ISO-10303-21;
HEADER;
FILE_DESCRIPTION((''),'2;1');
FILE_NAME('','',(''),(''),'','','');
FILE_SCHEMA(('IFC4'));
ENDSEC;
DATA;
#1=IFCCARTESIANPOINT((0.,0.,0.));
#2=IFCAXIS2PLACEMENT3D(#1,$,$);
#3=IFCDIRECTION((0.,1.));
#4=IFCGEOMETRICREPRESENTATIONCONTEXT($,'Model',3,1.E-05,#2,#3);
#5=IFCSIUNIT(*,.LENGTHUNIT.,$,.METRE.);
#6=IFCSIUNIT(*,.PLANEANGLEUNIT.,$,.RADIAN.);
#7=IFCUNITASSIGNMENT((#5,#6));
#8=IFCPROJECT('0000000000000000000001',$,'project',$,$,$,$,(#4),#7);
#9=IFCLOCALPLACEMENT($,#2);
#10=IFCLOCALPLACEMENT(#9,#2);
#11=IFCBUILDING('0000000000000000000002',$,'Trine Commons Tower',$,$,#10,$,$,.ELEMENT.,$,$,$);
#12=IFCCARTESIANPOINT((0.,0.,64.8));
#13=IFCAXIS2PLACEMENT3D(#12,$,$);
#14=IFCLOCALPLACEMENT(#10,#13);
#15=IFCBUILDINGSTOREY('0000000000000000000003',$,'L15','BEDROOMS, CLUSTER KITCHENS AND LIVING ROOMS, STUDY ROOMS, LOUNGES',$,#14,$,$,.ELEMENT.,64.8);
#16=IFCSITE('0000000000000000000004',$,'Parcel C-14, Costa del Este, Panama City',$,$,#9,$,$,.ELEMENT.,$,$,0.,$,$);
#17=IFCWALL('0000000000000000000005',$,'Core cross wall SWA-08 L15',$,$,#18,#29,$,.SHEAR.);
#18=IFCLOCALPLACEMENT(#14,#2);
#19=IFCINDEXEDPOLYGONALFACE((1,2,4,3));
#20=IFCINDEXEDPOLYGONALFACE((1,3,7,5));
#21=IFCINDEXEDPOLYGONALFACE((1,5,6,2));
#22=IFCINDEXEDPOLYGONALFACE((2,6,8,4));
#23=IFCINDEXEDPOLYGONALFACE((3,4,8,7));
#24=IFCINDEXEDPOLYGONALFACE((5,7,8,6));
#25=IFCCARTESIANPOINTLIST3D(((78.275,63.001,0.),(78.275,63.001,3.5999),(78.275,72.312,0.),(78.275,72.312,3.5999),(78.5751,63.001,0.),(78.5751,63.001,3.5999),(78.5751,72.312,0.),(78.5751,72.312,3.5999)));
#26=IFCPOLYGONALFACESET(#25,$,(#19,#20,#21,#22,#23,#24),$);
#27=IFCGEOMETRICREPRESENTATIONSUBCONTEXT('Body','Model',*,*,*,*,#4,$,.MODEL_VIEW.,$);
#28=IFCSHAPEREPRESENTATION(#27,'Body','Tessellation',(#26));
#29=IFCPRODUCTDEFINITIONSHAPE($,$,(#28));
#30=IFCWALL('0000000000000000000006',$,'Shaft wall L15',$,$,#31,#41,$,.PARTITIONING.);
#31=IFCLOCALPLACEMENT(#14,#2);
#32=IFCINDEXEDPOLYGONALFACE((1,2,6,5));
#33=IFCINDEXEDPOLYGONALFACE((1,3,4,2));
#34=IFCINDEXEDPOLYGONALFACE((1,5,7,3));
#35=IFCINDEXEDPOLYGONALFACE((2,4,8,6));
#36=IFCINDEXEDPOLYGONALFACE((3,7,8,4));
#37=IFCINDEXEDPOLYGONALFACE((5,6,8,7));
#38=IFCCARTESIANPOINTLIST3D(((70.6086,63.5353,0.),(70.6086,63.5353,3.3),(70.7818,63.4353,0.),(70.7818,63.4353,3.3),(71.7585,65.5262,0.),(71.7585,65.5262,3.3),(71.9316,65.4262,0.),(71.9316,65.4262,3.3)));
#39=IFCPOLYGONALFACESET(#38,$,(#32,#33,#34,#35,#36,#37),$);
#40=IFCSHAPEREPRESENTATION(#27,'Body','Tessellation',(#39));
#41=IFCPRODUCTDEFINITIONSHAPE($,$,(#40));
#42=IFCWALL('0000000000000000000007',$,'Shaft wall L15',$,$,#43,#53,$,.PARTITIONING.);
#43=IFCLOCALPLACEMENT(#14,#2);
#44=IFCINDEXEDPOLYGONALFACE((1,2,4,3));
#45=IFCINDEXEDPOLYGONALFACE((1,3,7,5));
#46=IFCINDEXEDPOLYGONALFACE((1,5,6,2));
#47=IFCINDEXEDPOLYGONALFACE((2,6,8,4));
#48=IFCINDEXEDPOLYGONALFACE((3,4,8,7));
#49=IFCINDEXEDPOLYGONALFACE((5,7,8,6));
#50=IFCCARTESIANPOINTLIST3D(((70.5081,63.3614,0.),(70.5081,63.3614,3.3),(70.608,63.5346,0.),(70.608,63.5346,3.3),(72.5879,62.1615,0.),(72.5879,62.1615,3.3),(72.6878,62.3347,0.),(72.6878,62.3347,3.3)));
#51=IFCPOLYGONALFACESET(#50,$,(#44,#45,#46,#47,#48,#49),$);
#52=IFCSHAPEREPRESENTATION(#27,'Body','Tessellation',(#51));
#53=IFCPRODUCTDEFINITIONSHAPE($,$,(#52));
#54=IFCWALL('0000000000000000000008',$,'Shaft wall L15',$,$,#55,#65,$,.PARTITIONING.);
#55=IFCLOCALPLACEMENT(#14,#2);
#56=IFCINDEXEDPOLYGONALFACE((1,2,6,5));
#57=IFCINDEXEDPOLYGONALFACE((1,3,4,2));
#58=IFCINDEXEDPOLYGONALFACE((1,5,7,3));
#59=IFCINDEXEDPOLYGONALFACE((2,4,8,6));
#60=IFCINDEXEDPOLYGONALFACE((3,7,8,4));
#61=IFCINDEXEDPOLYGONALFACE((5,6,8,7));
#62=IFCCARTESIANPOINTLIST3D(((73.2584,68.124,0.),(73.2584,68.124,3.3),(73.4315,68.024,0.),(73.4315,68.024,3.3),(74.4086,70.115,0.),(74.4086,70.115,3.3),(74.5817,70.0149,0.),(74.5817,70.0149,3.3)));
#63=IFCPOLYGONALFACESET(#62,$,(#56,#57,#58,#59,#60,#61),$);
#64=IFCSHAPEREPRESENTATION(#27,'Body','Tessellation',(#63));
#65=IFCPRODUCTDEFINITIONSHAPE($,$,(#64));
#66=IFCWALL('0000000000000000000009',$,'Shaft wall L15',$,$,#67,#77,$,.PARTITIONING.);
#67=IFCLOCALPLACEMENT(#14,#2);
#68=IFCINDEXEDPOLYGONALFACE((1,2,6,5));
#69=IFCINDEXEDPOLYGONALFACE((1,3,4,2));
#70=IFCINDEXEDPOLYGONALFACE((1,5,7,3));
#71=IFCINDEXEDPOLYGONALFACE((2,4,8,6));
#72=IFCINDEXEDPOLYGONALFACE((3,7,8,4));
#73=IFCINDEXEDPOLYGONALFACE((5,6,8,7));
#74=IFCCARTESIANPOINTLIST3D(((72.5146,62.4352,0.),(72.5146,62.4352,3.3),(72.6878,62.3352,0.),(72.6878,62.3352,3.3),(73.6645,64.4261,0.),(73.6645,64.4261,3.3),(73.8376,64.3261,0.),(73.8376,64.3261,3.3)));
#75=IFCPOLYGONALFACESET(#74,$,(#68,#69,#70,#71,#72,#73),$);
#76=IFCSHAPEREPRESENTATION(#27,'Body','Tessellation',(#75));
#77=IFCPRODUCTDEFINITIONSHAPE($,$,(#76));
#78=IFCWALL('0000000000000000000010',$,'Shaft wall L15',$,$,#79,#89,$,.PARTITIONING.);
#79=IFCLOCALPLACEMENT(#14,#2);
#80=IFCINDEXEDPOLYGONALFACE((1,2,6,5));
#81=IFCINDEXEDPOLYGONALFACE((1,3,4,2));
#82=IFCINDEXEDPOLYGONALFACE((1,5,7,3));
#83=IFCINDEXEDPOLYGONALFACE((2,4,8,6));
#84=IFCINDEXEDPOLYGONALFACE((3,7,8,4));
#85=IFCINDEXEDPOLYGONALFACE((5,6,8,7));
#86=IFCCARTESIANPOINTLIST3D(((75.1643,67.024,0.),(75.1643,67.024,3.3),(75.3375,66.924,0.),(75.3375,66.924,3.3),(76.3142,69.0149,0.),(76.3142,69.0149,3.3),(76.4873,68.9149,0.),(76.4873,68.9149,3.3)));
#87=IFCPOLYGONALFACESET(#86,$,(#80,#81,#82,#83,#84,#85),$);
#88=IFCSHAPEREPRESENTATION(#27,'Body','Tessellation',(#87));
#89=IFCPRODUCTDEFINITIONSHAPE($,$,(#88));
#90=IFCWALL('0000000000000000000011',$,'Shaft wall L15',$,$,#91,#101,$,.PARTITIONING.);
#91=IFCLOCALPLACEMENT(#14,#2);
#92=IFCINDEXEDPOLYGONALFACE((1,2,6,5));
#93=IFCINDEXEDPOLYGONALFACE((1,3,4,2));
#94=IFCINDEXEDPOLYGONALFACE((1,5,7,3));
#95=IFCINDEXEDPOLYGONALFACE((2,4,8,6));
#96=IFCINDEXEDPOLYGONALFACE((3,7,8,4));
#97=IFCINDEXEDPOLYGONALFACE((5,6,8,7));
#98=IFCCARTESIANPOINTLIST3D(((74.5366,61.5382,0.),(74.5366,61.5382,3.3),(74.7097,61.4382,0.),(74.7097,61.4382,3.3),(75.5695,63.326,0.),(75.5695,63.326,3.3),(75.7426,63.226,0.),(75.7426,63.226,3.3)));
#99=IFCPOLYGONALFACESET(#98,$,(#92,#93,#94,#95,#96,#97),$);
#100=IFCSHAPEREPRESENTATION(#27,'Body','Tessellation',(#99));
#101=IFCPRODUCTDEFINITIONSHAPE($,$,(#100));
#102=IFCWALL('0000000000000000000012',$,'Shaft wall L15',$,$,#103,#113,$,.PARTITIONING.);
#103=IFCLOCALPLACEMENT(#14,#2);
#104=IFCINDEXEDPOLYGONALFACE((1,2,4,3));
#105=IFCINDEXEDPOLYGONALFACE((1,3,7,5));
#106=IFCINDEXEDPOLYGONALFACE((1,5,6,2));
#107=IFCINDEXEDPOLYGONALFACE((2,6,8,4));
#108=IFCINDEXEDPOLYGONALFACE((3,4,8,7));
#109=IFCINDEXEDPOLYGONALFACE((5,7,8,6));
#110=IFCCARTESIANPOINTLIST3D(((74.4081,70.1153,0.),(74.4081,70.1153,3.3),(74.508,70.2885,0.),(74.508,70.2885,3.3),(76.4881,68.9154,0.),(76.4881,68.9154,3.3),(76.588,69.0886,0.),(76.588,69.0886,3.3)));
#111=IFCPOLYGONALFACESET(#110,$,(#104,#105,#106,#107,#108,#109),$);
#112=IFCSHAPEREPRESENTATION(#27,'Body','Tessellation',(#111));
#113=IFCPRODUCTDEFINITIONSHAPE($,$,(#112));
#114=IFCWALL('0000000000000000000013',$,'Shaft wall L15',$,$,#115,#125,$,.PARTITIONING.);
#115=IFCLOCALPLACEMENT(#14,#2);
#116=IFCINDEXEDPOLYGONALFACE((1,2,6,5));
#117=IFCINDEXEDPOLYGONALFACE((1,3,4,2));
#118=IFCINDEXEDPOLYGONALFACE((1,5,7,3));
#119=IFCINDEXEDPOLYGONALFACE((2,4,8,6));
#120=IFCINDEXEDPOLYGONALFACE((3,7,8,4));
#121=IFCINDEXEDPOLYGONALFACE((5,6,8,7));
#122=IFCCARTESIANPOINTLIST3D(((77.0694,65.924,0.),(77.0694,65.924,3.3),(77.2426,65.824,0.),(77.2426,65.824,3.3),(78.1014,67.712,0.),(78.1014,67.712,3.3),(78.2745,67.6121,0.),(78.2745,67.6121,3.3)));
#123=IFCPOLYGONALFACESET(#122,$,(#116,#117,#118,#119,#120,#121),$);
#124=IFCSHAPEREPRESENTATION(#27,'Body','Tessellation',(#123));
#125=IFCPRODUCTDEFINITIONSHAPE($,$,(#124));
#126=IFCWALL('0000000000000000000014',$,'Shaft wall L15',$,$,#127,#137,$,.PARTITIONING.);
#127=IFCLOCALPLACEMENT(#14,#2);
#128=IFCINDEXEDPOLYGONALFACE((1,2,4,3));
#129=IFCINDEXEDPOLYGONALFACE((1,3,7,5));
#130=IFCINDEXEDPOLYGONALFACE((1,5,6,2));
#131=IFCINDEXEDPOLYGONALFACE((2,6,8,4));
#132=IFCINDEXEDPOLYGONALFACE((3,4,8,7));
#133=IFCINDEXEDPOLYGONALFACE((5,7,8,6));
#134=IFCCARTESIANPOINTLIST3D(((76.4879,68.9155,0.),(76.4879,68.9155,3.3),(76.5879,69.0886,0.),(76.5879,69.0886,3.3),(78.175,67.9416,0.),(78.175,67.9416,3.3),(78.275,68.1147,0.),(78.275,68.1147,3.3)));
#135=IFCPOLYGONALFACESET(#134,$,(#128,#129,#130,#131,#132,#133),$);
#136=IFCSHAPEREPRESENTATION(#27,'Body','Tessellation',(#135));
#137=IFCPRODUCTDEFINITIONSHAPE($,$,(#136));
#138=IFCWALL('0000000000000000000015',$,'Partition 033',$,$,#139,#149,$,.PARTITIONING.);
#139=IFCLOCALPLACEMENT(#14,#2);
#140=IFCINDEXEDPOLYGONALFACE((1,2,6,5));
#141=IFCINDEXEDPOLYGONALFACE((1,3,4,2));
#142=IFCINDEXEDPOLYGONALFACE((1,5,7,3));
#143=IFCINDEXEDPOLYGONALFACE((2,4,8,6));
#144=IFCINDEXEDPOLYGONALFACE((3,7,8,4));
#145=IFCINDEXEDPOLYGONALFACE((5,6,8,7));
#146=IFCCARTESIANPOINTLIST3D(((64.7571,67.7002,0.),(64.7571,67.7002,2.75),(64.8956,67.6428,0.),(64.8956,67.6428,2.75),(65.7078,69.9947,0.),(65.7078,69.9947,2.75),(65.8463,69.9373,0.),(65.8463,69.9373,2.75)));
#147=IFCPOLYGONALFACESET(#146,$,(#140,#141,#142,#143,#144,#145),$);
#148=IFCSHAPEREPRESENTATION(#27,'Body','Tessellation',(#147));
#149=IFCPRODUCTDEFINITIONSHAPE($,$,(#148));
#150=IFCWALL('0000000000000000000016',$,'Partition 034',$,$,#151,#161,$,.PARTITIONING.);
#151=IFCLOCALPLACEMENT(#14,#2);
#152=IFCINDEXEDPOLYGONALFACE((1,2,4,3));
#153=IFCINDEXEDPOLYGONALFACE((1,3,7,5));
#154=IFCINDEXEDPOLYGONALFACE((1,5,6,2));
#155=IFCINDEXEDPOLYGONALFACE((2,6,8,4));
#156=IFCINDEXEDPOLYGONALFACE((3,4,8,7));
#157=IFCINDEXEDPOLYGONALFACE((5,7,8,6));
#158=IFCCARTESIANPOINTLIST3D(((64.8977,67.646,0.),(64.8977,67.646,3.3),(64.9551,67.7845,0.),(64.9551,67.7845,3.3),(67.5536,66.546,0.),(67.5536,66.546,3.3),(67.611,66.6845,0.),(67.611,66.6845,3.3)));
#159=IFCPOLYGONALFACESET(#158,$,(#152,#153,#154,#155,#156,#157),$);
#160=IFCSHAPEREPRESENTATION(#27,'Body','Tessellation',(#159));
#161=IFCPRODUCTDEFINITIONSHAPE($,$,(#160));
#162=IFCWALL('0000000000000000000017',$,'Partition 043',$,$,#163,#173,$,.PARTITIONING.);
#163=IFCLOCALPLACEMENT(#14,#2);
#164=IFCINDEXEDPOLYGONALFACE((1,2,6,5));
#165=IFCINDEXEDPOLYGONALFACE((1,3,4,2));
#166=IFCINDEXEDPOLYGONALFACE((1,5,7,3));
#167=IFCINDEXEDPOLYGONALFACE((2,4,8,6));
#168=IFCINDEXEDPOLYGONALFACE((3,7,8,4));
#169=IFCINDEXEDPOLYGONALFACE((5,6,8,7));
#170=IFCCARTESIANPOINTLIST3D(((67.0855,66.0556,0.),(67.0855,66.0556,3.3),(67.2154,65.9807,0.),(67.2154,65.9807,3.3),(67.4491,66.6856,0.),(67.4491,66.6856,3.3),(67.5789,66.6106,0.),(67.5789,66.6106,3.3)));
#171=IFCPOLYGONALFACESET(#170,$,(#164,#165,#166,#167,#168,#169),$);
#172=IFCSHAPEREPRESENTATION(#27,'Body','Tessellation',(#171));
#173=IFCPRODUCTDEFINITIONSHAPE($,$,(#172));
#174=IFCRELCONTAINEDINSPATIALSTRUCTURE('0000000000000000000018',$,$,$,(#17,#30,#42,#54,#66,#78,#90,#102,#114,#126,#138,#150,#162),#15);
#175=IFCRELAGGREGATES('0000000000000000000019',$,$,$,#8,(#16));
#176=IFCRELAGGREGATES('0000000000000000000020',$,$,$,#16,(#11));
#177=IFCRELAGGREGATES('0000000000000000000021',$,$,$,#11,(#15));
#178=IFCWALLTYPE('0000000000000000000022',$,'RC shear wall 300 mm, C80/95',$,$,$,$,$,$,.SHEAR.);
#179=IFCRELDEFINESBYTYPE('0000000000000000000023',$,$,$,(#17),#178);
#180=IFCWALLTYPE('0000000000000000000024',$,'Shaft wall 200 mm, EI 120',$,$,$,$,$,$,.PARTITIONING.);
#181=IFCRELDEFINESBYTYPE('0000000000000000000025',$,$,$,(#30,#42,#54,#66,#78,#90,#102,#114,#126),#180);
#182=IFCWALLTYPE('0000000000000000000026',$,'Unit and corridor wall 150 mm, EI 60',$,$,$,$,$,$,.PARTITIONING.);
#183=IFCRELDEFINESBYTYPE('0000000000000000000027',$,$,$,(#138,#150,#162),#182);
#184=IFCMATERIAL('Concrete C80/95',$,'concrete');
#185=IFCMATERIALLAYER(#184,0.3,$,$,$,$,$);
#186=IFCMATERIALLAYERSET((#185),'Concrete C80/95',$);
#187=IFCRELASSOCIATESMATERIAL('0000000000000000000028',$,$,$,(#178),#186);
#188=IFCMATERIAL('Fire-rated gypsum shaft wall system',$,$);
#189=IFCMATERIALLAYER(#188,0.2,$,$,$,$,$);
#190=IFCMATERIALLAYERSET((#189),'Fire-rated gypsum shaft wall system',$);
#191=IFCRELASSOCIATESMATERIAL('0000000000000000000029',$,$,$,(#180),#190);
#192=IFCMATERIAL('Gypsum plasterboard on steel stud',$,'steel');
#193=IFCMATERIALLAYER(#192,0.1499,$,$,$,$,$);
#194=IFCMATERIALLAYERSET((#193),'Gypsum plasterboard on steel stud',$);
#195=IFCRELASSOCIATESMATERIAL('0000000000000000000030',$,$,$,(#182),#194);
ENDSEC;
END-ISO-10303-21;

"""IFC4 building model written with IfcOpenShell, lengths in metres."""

from ifc_helpers import new_model, si_unit, direction, frame, frame_2d, origin, place, context, subcontext, project, spatial, rectangle, extrude, material, layer, layer_set, type_object, element, save


model = new_model("IFC4")

# Units and contexts
model_context = context("Model", 3, precision=1e-05, world=origin(), true_north=direction((0.0, 1.0)))
body_context = subcontext(model_context, "Body", "Model", "MODEL_VIEW")
ifc_project = project(units=[si_unit("LENGTHUNIT", "METRE"), si_unit("PLANEANGLEUNIT", "RADIAN")], contexts=[model_context])

# Site, building, storey
site_placement = place(None, origin())
site = spatial("IfcSite", under=ifc_project, at=site_placement, Name="Parcel C-14, Costa del Este, Panama City", CompositionType="ELEMENT", RefElevation=0.0)
building_placement = place(site_placement, origin())
building = spatial("IfcBuilding", under=site, at=building_placement, Name="Trine Commons Tower", CompositionType="ELEMENT")
storey_placement = place(building_placement, frame((0.0, 0.0, 64.8)))
storey = spatial("IfcBuildingStorey", under=building, at=storey_placement, Name="L15", Description="BEDROOMS, CLUSTER KITCHENS AND LIVING ROOMS, STUDY ROOMS, LOUNGES", CompositionType="ELEMENT", Elevation=64.8)

# Shared definitions
ifc_material_1 = material(Name="Fire-rated gypsum shaft wall system")
ifc_material_2 = material(Name="Concrete C80/95", Category="concrete")
ifc_layer_1 = layer(ifc_material_2, 0.3)
ifc_layer_set_1 = layer_set([ifc_layer_1], Name="Concrete C80/95")
wall_type_1 = type_object("IfcWallType", Name="RC shear wall 300 mm, C80/95", PredefinedType="SHEAR", material=ifc_layer_set_1)

# Walls
wall_1_placement = place(storey_placement, frame((78.425, 63.001, 0.0), z_axis=(0.0, 0.0, 1.0), x_axis=(0.0, 1.0, 0.0)))
element("IfcWall", 1, at=wall_1_placement, inside=storey, type_object=wall_type_1, Name="Core cross wall SWA-08 L15", PredefinedType="SHEAR", context=body_context, shape_type="SweptSolid", body=[
    extrude(rectangle(XDim=9.311, YDim=0.3, at=frame_2d((4.6555, 0.0))), origin(), (0.0, 0.0, 1.0), 3.5999),
])
ifc_layer_2 = layer(ifc_material_1, 0.2)
ifc_layer_set_2 = layer_set([ifc_layer_2], Name="Fire-rated gypsum shaft wall system")
wall_type_2 = type_object("IfcWallType", Name="Shaft wall 200 mm, EI 120", PredefinedType="PARTITIONING", material=ifc_layer_set_2)
wall_2_placement = place(storey_placement, frame((71.845, 65.4761, 0.0), z_axis=(0.0, 0.0, 1.0), x_axis=(-0.500136, -0.865947, 0.0)))
element("IfcWall", 2, at=wall_2_placement, inside=storey, type_object=wall_type_2, Name="Shaft wall L15", PredefinedType="PARTITIONING", context=body_context, shape_type="SweptSolid", body=[
    extrude(rectangle(XDim=2.2991, YDim=0.2, at=frame_2d((1.1494, 0.0))), origin(), (0.0, 0.0, 1.0), 3.3),
])
wall_3_placement = place(storey_placement, frame((72.6379, 62.248, 0.0), z_axis=(0.0, 0.0, 1.0), x_axis=(-0.866177, 0.499737, 0.0)))
element("IfcWall", 3, at=wall_3_placement, inside=storey, type_object=wall_type_2, Name="Shaft wall L15", PredefinedType="PARTITIONING", context=body_context, shape_type="SweptSolid", body=[
    extrude(rectangle(XDim=2.4011, YDim=0.2, at=frame_2d((1.2007, 0.0))), origin(), (0.0, 0.0, 1.0), 3.3),
])
wall_4_placement = place(storey_placement, frame((73.345, 68.074, 0.0), z_axis=(0.0, 0.0, 1.0), x_axis=(0.500216, 0.865901, 0.0)))
element("IfcWall", 4, at=wall_4_placement, inside=storey, type_object=wall_type_2, Name="Shaft wall L15", PredefinedType="PARTITIONING", context=body_context, shape_type="SweptSolid", body=[
    extrude(rectangle(XDim=2.2993, YDim=0.2, at=frame_2d((1.1497, 0.0))), origin(), (0.0, 0.0, 1.0), 3.3),
])
for number, where, z_axis, x_axis, name in (
    (5, (73.751, 64.376, 0.0), (0.0, 0.0, 1.0), (-0.500136, -0.865947, 0.0), "Shaft wall L15"),
    (6, (75.251, 66.9741, 0.0), (0.0, 0.0, 1.0), (0.500136, 0.865947, 0.0), "Shaft wall L15"),
):
    element("IfcWall", number, at=place(storey_placement, frame(where, z_axis=z_axis, x_axis=x_axis)), inside=storey, type_object=wall_type_2, Name=name, PredefinedType="PARTITIONING", context=body_context, shape_type="SweptSolid", body=[
        extrude(rectangle(XDim=2.2991, YDim=0.2, at=frame_2d((1.1494, 0.0))), origin(), (0.0, 0.0, 1.0), 3.3),
    ])
wall_5_placement = place(storey_placement, frame((75.656, 63.2759, 0.0), z_axis=(0.0, 0.0, 1.0), x_axis=(-0.500272, -0.865868, 0.0)))
element("IfcWall", 7, at=wall_5_placement, inside=storey, type_object=wall_type_2, Name="Shaft wall L15", PredefinedType="PARTITIONING", context=body_context, shape_type="SweptSolid", body=[
    extrude(rectangle(XDim=2.0647, YDim=0.2, at=frame_2d((1.0322, 0.0))), origin(), (0.0, 0.0, 1.0), 3.3),
])
wall_6_placement = place(storey_placement, frame((76.5381, 69.002, 0.0), z_axis=(0.0, 0.0, 1.0), x_axis=(-0.866203, 0.499693, 0.0)))
element("IfcWall", 8, at=wall_6_placement, inside=storey, type_object=wall_type_2, Name="Shaft wall L15", PredefinedType="PARTITIONING", context=body_context, shape_type="SweptSolid", body=[
    extrude(rectangle(XDim=2.4014, YDim=0.2, at=frame_2d((1.2007, 0.0))), origin(), (0.0, 0.0, 1.0), 3.3),
])
wall_7_placement = place(storey_placement, frame((77.156, 65.874, 0.0), z_axis=(0.0, 0.0, 1.0), x_axis=(0.499866, 0.866103, 0.0)))
element("IfcWall", 9, at=wall_7_placement, inside=storey, type_object=wall_type_2, Name="Shaft wall L15", PredefinedType="PARTITIONING", context=body_context, shape_type="SweptSolid", body=[
    extrude(rectangle(XDim=2.0645, YDim=0.2, at=frame_2d((1.0322, 0.0))), origin(), (0.0, 0.0, 1.0), 3.3),
])
wall_8_placement = place(storey_placement, frame((78.2251, 68.0281, 0.0), z_axis=(0.0, 0.0, 1.0), x_axis=(-0.866052, 0.499954, 0.0)))
element("IfcWall", 10, at=wall_8_placement, inside=storey, type_object=wall_type_2, Name="Shaft wall L15", PredefinedType="PARTITIONING", context=body_context, shape_type="SweptSolid", body=[
    extrude(rectangle(XDim=1.948, YDim=0.2, at=frame_2d((0.9741, 0.0))), origin(), (0.0, 0.0, 1.0), 3.3),
])
ifc_material_3 = material(Name="Gypsum plasterboard on steel stud", Category="steel")
ifc_layer_3 = layer(ifc_material_3, 0.1499)
ifc_layer_set_3 = layer_set([ifc_layer_3], Name="Gypsum plasterboard on steel stud")
wall_type_3 = type_object("IfcWallType", Name="Unit and corridor wall 150 mm, EI 60", PredefinedType="PARTITIONING", material=ifc_layer_set_3)
wall_9_placement = place(storey_placement, frame((64.8264, 67.6716, 0.0), z_axis=(0.0, 0.0, 1.0), x_axis=(0.382786, 0.923837, 0.0)))
element("IfcWall", 11, at=wall_9_placement, inside=storey, type_object=wall_type_3, Name="Partition 033", PredefinedType="PARTITIONING", context=body_context, shape_type="SweptSolid", body=[
    extrude(rectangle(XDim=2.4836, YDim=0.1499, at=frame_2d((1.2417, 0.0))), origin(), (0.0, 0.0, 1.0), 2.75),
])
wall_10_placement = place(storey_placement, frame((64.9263, 67.7153, 0.0), z_axis=(0.0, 0.0, 1.0), x_axis=(0.923886, -0.382667, 0.0)))
element("IfcWall", 12, at=wall_10_placement, inside=storey, type_object=wall_type_3, Name="Partition 034", PredefinedType="PARTITIONING", context=body_context, shape_type="SweptSolid", body=[
    extrude(rectangle(XDim=2.8748, YDim=0.1499, at=frame_2d((1.4375, 0.0))), origin(), (0.0, 0.0, 1.0), 3.3),
])
wall_11_placement = place(storey_placement, frame((67.1504, 66.0181, 0.0), z_axis=(0.0, 0.0, 1.0), x_axis=(0.499858, 0.866107, 0.0)))
element("IfcWall", 13, at=wall_11_placement, inside=storey, type_object=wall_type_3, Name="Partition 043", PredefinedType="PARTITIONING", context=body_context, shape_type="SweptSolid", body=[
    extrude(rectangle(XDim=0.7273, YDim=0.1499, at=frame_2d((0.3638, 0.0))), origin(), (0.0, 0.0, 1.0), 3.3),
])

save(model, "model.ifc")
